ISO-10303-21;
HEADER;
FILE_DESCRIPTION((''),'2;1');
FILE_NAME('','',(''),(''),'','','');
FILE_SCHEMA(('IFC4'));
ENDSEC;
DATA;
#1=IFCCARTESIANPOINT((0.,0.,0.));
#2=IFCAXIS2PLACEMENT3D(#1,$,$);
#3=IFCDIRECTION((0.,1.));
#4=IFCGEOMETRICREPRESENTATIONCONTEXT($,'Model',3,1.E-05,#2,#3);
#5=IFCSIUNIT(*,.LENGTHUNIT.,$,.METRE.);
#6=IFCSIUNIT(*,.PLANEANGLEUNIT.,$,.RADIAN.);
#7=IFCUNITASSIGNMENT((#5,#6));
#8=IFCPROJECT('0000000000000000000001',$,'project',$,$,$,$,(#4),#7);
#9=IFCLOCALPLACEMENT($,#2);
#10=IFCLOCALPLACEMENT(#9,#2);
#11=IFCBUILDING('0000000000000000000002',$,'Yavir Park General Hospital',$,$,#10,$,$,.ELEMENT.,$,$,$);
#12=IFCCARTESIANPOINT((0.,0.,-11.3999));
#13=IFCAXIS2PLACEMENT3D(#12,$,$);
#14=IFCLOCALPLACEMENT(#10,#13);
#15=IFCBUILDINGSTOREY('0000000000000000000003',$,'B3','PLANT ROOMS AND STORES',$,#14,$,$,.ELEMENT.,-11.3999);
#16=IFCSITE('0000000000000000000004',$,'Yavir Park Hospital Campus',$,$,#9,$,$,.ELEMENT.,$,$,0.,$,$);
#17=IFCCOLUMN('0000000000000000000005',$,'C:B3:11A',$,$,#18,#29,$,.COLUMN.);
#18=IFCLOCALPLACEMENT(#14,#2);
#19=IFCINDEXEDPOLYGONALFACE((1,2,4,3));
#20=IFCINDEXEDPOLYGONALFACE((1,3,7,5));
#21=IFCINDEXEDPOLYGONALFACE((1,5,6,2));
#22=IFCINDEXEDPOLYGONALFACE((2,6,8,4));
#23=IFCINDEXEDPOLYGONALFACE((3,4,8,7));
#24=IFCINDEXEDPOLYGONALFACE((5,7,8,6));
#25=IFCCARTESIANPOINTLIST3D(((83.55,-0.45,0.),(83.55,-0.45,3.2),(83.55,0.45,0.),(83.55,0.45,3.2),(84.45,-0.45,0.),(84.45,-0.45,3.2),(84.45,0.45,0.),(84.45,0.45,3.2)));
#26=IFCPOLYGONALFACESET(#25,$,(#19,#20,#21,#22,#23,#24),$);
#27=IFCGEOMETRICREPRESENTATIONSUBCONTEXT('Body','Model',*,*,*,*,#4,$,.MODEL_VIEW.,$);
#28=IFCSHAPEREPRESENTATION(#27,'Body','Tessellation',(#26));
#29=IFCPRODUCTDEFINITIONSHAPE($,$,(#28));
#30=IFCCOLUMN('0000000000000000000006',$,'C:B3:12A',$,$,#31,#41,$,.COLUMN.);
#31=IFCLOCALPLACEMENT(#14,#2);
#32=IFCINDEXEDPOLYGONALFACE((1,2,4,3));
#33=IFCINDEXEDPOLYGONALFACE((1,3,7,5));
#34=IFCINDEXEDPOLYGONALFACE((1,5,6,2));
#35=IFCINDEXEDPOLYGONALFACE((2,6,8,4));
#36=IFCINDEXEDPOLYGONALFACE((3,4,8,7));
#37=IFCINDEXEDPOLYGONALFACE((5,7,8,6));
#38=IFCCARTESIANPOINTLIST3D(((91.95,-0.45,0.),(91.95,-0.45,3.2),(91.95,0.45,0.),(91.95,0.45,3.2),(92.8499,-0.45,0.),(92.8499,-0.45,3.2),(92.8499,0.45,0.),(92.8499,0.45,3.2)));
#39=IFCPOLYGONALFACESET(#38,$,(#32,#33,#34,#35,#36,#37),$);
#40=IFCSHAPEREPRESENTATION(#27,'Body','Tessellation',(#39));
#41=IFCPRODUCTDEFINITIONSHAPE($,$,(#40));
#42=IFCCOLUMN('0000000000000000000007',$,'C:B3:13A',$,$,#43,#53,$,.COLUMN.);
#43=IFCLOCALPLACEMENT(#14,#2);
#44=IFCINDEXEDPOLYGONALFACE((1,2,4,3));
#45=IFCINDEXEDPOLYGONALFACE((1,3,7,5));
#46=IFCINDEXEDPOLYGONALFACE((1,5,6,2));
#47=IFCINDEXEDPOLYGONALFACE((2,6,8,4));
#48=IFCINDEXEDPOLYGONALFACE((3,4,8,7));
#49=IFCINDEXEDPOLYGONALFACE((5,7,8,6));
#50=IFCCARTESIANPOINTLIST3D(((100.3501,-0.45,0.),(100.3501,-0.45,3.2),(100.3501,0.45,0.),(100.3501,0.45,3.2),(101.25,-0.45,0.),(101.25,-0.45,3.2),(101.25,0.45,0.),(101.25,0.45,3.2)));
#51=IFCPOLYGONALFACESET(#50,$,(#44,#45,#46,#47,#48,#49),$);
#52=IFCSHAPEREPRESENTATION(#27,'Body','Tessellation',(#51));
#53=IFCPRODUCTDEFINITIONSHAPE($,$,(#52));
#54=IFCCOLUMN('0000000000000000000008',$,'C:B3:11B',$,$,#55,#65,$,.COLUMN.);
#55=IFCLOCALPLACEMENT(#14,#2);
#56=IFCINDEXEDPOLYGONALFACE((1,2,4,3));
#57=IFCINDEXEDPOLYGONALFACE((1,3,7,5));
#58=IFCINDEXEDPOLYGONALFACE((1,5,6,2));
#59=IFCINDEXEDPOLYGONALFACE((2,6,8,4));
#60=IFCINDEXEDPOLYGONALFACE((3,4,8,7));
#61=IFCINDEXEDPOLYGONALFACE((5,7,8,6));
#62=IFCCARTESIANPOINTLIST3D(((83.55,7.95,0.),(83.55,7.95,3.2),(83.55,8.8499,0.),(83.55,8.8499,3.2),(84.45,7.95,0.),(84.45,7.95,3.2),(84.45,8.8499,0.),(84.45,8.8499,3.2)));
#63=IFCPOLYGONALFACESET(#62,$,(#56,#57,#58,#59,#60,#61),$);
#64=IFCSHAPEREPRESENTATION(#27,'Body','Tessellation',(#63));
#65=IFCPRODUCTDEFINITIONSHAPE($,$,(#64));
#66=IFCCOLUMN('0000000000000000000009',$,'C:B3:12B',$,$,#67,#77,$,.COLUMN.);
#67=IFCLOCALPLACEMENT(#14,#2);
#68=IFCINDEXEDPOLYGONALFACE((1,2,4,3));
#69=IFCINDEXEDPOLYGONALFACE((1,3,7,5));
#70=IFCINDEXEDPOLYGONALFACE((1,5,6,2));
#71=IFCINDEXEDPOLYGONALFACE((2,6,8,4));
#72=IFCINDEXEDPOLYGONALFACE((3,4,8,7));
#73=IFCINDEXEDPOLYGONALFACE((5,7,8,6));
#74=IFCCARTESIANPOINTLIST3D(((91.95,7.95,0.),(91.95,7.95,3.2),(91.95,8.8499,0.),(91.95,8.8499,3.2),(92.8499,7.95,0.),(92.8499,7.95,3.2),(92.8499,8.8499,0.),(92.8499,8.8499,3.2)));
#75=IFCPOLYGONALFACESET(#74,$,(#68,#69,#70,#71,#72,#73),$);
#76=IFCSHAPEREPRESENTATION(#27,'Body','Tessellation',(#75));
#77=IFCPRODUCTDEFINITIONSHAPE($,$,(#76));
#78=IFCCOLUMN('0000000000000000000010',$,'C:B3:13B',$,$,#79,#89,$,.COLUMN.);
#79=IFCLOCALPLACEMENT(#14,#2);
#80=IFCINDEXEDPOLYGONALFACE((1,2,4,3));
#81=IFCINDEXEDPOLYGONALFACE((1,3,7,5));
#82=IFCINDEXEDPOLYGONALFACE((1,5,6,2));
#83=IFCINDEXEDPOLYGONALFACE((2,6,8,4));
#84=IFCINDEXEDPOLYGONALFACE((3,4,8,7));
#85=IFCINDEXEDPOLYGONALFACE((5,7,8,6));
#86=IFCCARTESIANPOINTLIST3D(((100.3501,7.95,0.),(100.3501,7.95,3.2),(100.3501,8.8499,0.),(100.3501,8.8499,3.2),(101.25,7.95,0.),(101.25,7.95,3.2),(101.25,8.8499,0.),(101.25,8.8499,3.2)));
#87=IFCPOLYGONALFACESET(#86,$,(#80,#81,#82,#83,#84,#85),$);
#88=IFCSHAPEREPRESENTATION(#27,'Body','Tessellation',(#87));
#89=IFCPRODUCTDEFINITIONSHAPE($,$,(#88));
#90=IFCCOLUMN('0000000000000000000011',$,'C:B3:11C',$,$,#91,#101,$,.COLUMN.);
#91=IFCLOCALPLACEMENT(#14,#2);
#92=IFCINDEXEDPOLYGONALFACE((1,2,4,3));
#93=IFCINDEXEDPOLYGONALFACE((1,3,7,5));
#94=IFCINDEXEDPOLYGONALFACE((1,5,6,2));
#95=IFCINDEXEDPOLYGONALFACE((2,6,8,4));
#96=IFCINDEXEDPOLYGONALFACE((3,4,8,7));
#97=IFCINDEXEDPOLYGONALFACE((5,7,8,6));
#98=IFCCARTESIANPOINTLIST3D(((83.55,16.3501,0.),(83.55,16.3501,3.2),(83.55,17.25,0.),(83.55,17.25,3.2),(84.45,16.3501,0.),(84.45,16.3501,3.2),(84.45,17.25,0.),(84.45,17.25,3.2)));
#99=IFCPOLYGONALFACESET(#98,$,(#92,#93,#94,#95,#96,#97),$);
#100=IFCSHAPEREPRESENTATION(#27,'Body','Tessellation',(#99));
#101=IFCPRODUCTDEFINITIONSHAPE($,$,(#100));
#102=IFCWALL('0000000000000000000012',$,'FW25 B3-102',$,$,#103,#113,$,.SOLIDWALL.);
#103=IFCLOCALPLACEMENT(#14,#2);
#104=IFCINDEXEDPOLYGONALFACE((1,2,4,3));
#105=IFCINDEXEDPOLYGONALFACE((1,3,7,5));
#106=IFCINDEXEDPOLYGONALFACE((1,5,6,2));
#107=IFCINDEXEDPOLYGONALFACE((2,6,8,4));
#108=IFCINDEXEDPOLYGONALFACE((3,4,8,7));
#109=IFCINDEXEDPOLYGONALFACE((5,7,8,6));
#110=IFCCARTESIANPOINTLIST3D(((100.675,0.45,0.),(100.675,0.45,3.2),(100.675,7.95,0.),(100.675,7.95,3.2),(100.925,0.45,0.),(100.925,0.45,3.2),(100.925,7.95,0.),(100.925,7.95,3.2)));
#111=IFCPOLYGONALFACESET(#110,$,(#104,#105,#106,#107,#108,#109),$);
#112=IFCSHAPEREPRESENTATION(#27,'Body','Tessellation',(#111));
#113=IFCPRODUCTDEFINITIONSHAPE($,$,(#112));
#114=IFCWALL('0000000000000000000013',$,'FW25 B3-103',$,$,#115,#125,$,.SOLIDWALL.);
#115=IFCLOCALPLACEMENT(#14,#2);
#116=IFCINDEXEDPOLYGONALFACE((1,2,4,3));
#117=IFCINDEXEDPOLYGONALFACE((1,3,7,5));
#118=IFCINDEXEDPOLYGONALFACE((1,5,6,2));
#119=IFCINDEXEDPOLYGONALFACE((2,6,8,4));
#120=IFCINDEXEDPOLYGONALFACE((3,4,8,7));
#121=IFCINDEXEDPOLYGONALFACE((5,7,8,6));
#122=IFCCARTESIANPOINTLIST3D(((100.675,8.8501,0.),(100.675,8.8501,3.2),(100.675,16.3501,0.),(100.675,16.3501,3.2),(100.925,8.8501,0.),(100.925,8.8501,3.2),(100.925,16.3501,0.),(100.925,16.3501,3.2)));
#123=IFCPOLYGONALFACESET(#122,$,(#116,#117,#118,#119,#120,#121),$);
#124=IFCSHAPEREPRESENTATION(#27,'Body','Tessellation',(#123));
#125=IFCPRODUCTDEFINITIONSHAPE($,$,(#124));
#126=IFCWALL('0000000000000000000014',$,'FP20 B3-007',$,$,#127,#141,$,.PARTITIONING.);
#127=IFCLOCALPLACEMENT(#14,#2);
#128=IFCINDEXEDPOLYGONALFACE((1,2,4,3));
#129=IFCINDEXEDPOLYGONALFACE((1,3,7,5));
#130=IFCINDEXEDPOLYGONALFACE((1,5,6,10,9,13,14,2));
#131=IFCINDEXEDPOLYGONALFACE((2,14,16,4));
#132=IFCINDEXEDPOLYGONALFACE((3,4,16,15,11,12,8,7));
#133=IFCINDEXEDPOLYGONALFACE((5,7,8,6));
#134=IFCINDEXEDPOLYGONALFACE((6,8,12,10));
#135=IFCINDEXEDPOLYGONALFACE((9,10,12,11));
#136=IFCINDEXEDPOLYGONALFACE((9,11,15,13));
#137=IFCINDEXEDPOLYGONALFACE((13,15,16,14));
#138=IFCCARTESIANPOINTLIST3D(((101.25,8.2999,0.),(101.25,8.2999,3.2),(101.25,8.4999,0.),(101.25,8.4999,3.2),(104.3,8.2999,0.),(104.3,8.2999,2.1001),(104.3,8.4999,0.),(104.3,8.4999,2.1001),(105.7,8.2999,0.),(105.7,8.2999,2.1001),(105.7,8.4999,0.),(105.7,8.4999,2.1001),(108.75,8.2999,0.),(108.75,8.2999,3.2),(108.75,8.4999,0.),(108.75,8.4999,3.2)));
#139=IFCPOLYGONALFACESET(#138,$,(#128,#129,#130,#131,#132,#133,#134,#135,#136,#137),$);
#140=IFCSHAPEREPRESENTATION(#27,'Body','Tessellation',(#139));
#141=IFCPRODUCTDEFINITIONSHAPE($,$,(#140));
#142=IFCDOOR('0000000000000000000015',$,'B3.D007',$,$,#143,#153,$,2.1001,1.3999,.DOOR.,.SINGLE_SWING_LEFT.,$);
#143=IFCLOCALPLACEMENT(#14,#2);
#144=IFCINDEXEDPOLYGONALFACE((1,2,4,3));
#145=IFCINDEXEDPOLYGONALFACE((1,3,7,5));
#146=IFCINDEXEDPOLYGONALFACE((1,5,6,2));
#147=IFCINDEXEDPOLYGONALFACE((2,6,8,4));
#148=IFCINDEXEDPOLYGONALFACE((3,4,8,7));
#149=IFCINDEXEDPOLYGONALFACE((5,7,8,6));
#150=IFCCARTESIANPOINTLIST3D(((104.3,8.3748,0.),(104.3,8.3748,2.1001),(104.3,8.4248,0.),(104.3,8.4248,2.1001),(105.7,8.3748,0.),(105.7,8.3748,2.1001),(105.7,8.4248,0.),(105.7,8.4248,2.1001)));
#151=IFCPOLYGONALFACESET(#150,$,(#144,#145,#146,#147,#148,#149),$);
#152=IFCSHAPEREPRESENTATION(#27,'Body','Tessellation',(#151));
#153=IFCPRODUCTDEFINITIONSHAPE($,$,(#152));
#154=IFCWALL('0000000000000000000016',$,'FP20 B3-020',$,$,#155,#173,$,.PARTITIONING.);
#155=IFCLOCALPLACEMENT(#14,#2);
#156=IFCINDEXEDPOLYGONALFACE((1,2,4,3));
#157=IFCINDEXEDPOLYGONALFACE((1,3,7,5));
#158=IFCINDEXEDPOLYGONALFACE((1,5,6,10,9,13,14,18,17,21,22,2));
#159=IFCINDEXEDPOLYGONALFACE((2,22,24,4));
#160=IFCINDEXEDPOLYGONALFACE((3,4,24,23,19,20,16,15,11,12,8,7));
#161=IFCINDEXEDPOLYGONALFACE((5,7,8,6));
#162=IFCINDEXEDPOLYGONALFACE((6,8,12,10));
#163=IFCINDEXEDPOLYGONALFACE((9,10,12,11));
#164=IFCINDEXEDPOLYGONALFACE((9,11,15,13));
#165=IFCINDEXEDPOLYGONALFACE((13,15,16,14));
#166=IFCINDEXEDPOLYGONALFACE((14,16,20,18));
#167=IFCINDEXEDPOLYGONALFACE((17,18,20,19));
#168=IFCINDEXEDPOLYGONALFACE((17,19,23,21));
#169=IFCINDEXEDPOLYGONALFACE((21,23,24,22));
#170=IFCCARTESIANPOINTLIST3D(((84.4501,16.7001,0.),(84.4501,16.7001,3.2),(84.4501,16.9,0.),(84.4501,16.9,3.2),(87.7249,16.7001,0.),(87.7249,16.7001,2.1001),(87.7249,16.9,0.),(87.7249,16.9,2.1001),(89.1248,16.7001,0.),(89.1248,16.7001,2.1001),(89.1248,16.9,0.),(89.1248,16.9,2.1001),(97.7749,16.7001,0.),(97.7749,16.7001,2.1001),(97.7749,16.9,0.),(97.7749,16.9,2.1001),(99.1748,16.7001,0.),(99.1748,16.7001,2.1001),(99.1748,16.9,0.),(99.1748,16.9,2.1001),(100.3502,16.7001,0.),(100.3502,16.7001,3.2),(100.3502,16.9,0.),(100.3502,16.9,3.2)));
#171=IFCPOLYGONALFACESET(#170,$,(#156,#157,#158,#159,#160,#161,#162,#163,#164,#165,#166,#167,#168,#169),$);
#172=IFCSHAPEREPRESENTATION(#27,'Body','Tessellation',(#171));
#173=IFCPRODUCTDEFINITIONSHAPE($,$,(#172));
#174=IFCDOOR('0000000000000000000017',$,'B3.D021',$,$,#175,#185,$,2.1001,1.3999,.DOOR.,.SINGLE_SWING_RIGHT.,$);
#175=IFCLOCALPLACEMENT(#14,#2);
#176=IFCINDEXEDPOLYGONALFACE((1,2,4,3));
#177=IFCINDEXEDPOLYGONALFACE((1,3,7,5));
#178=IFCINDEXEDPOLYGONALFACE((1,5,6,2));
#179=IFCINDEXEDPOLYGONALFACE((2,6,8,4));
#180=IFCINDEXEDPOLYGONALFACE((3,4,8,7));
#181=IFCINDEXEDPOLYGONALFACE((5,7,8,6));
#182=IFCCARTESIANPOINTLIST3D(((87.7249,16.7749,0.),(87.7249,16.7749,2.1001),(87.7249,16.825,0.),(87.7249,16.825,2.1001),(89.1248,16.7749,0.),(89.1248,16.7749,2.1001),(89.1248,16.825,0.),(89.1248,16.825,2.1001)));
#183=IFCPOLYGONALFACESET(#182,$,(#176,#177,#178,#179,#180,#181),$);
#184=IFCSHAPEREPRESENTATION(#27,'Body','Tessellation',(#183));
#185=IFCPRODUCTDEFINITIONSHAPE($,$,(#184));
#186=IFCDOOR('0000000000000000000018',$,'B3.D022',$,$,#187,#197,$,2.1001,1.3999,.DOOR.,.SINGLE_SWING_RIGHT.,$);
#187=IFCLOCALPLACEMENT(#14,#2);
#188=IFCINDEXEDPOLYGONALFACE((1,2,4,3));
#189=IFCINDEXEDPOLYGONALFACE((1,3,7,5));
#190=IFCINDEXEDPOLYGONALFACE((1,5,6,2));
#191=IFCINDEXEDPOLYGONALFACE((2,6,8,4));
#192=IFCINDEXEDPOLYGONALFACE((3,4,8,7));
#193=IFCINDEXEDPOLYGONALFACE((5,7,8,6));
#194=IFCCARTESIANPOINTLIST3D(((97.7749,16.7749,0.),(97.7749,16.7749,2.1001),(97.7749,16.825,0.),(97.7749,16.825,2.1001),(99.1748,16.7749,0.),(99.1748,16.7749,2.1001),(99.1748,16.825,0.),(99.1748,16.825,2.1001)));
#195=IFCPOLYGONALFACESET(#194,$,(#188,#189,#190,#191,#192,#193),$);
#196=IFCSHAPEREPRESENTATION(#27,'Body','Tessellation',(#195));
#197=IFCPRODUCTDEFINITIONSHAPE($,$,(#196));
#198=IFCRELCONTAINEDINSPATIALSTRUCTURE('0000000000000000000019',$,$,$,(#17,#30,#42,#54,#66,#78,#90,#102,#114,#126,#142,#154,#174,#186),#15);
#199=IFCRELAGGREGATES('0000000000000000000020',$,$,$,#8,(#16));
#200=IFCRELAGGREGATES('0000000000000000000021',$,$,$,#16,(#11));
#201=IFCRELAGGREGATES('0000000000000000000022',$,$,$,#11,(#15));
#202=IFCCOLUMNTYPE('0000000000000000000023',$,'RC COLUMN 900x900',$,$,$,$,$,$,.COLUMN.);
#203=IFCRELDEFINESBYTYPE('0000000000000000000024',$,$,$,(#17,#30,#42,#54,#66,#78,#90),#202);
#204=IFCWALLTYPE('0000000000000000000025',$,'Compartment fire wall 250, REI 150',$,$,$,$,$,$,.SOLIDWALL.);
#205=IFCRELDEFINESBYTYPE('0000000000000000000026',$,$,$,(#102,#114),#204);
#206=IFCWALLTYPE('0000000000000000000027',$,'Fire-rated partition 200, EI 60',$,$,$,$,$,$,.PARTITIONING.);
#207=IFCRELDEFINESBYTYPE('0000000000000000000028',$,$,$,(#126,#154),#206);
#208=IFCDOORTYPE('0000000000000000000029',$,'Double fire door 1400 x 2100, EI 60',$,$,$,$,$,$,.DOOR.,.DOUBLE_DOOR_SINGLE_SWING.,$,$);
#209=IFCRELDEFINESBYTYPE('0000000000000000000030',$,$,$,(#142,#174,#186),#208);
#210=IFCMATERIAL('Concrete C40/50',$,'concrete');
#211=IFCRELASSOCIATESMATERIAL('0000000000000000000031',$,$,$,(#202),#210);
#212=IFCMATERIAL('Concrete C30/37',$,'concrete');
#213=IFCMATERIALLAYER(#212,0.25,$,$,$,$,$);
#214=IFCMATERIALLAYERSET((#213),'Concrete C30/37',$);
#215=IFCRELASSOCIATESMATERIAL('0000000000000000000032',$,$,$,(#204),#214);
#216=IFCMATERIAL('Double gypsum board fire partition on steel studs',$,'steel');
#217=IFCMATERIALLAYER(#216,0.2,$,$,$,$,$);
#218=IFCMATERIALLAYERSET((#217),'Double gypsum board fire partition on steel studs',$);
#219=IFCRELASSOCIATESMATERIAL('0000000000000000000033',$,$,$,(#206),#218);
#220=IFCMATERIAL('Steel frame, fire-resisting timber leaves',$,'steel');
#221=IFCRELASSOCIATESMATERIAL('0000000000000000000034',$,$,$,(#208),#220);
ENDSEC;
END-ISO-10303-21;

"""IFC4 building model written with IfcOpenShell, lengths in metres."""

from ifc_helpers import new_model, si_unit, direction, frame, frame_2d, origin, origin_2d, place, context, subcontext, project, spatial, rectangle, extrude, material, layer, layer_set, material_profile, profile_set, type_object, element, fill, save


model = new_model("IFC4")

# Units and contexts
model_context = context("Model", 3, precision=1e-05, world=origin(), true_north=direction((0.0, 1.0)))
body_context = subcontext(model_context, "Body", "Model", "MODEL_VIEW")
ifc_project = project(units=[si_unit("LENGTHUNIT", "METRE"), si_unit("PLANEANGLEUNIT", "RADIAN")], contexts=[model_context])

# Site, building, storey
site_placement = place(None, origin())
site = spatial("IfcSite", under=ifc_project, at=site_placement, Name="Yavir Park Hospital Campus", CompositionType="ELEMENT", RefElevation=0.0)
building_placement = place(site_placement, origin())
building = spatial("IfcBuilding", under=site, at=building_placement, Name="Yavir Park General Hospital", CompositionType="ELEMENT")
storey_placement = place(building_placement, frame((0.0, 0.0, -11.3999)))
storey = spatial("IfcBuildingStorey", under=building, at=storey_placement, Name="B3", Description="PLANT ROOMS AND STORES", CompositionType="ELEMENT", Elevation=-11.3999)

# Columns
ifc_material_1 = material(Name="Concrete C40/50", Category="concrete")
ifc_material_profile = material_profile(ifc_material_1, rectangle(XDim=0.8999, YDim=0.8999, at=origin_2d()), Name="RC900x900")
ifc_profile_set = profile_set([ifc_material_profile], Name="Concrete C40/50")
column_type = type_object("IfcColumnType", Name="RC COLUMN 900x900", PredefinedType="COLUMN", material=ifc_profile_set)
for number, where, z_axis, x_axis, name in (
    (1, (84.0, 0.0, 0.0), (0.0, 0.0, 1.0), (1.0, 0.0, 0.0), "C:B3:11A"),
    (2, (92.3999, 0.0, 0.0), (0.0, 0.0, 1.0), (1.0, 0.0, 0.0), "C:B3:12A"),
    (3, (100.8, 0.0, 0.0), (0.0, 0.0, 1.0), (1.0, 0.0, 0.0), "C:B3:13A"),
    (4, (84.0, 8.3999, 0.0), (0.0, 0.0, 1.0), (1.0, 0.0, 0.0), "C:B3:11B"),
    (5, (92.3999, 8.3999, 0.0), (0.0, 0.0, 1.0), (1.0, 0.0, 0.0), "C:B3:12B"),
    (6, (100.8, 8.3999, 0.0), (0.0, 0.0, 1.0), (1.0, 0.0, 0.0), "C:B3:13B"),
    (7, (84.0, 16.8, 0.0), (0.0, 0.0, 1.0), (1.0, 0.0, 0.0), "C:B3:11C"),
):
    element("IfcColumn", number, at=place(storey_placement, frame(where, z_axis=z_axis, x_axis=x_axis)), inside=storey, type_object=column_type, Name=name, PredefinedType="COLUMN", context=body_context, shape_type="SweptSolid", body=[
        extrude(rectangle(XDim=0.8999, YDim=0.8999, at=origin_2d()), origin(), (0.0, 0.0, 1.0), 3.2),
    ])

# Walls
ifc_material_2 = material(Name="Concrete C30/37", Category="concrete")
ifc_layer_1 = layer(ifc_material_2, 0.25)
ifc_layer_set_1 = layer_set([ifc_layer_1], Name="Concrete C30/37")
wall_type_1 = type_object("IfcWallType", Name="Compartment fire wall 250, REI 150", PredefinedType="SOLIDWALL", material=ifc_layer_set_1)
for number, where, z_axis, x_axis, name in (
    (8, (100.8, 0.45, 0.0), (0.0, 0.0, 1.0), (0.0, 1.0, 0.0), "FW25 B3-102"),
    (9, (100.8, 8.8501, 0.0), (0.0, 0.0, 1.0), (0.0, 1.0, 0.0), "FW25 B3-103"),
):
    element("IfcWall", number, at=place(storey_placement, frame(where, z_axis=z_axis, x_axis=x_axis)), inside=storey, type_object=wall_type_1, Name=name, PredefinedType="SOLIDWALL", context=body_context, shape_type="SweptSolid", body=[
        extrude(rectangle(XDim=7.5, YDim=0.25, at=frame_2d((3.75, 0.0))), origin(), (0.0, 0.0, 1.0), 3.2),
    ])

# Wall, opening, door
ifc_material_3 = material(Name="Double gypsum board fire partition on steel studs", Category="steel")
ifc_layer_2 = layer(ifc_material_3, 0.2)
ifc_layer_set_2 = layer_set([ifc_layer_2], Name="Double gypsum board fire partition on steel studs")
wall_type_2 = type_object("IfcWallType", Name="Fire-rated partition 200, EI 60", PredefinedType="PARTITIONING", material=ifc_layer_set_2)
wall_1_placement = place(storey_placement, frame((101.25, 8.3999, 0.0), z_axis=(0.0, 0.0, 1.0), x_axis=(1.0, 0.0, 0.0)))
wall_1 = element("IfcWall", 10, at=wall_1_placement, inside=storey, type_object=wall_type_2, Name="FP20 B3-007", PredefinedType="PARTITIONING", context=body_context, shape_type="SweptSolid", body=[
    extrude(rectangle(XDim=7.5, YDim=0.2, at=frame_2d((3.75, 0.0))), origin(), (0.0, 0.0, 1.0), 3.2),
])
opening_1_placement = place(wall_1_placement, frame((3.05, 0.0, 0.0)))
opening_1 = element("IfcOpeningElement", 11, at=opening_1_placement, cuts=wall_1, PredefinedType="OPENING", context=body_context, shape_type="SweptSolid", body=[
    extrude(rectangle(XDim=1.3999, YDim=2.1001, at=frame_2d((0.7, 1.05))), frame((0.0, 0.1099, 0.0), z_axis=(0.0, -1.0, 0.0), x_axis=(1.0, 0.0, 0.0)), (0.0, 0.0, 1.0), 0.22),
])
ifc_material_4 = material(Name="Steel frame, fire-resisting timber leaves", Category="steel")
door_type = type_object("IfcDoorType", Name="Double fire door 1400 x 2100, EI 60", OperationType="DOUBLE_DOOR_SINGLE_SWING", PredefinedType="DOOR", material=ifc_material_4)
door_1_placement = place(opening_1_placement, origin())
door_1 = element("IfcDoor", 12, at=door_1_placement, inside=storey, type_object=door_type, Name="B3.D007", OperationType="SINGLE_SWING_LEFT", OverallHeight=2.1001, OverallWidth=1.3999, PredefinedType="DOOR", context=body_context, shape_type="SweptSolid", body=[
    extrude(rectangle(XDim=1.3999, YDim=2.1001, at=frame_2d((0.7, 1.05))), frame((0.0, 0.0249, 0.0), z_axis=(0.0, -1.0, 0.0), x_axis=(1.0, 0.0, 0.0)), (0.0, 0.0, 1.0), 0.05),
])
fill(opening_1, door_1)

# Wall, openings, doors
wall_2_placement = place(storey_placement, frame((84.45, 16.8, 0.0), z_axis=(0.0, 0.0, 1.0), x_axis=(1.0, 0.0, 0.0)))
wall_2 = element("IfcWall", 13, at=wall_2_placement, inside=storey, type_object=wall_type_2, Name="FP20 B3-020", PredefinedType="PARTITIONING", context=body_context, shape_type="SweptSolid", body=[
    extrude(rectangle(XDim=15.9001, YDim=0.2, at=frame_2d((7.9502, 0.0))), origin(), (0.0, 0.0, 1.0), 3.2),
])
opening_2_placement = place(wall_2_placement, frame((3.2749, 0.0, 0.0)))
opening_2 = element("IfcOpeningElement", 14, at=opening_2_placement, cuts=wall_2, PredefinedType="OPENING", context=body_context, shape_type="SweptSolid", body=[
    extrude(rectangle(XDim=1.3999, YDim=2.1001, at=frame_2d((0.7, 1.05))), frame((0.0, 0.1099, 0.0), z_axis=(0.0, -1.0, 0.0), x_axis=(1.0, 0.0, 0.0)), (0.0, 0.0, 1.0), 0.22),
])
opening_3_placement = place(wall_2_placement, frame((13.325, 0.0, 0.0)))
opening_3 = element("IfcOpeningElement", 15, at=opening_3_placement, cuts=wall_2, PredefinedType="OPENING", context=body_context, shape_type="SweptSolid", body=[
    extrude(rectangle(XDim=1.3999, YDim=2.1001, at=frame_2d((0.7, 1.05))), frame((0.0, 0.1099, 0.0), z_axis=(0.0, -1.0, 0.0), x_axis=(1.0, 0.0, 0.0)), (0.0, 0.0, 1.0), 0.22),
])
door_2_placement = place(opening_2_placement, origin())
door_2 = element("IfcDoor", 16, at=door_2_placement, inside=storey, type_object=door_type, Name="B3.D021", OperationType="SINGLE_SWING_RIGHT", OverallHeight=2.1001, OverallWidth=1.3999, PredefinedType="DOOR", context=body_context, shape_type="SweptSolid", body=[
    extrude(rectangle(XDim=1.3999, YDim=2.1001, at=frame_2d((0.7, 1.05))), frame((0.0, 0.0249, 0.0), z_axis=(0.0, -1.0, 0.0), x_axis=(1.0, 0.0, 0.0)), (0.0, 0.0, 1.0), 0.05),
])
fill(opening_2, door_2)
door_3_placement = place(opening_3_placement, origin())
door_3 = element("IfcDoor", 17, at=door_3_placement, inside=storey, type_object=door_type, Name="B3.D022", OperationType="SINGLE_SWING_RIGHT", OverallHeight=2.1001, OverallWidth=1.3999, PredefinedType="DOOR", context=body_context, shape_type="SweptSolid", body=[
    extrude(rectangle(XDim=1.3999, YDim=2.1001, at=frame_2d((0.7, 1.05))), frame((0.0, 0.0249, 0.0), z_axis=(0.0, -1.0, 0.0), x_axis=(1.0, 0.0, 0.0)), (0.0, 0.0, 1.0), 0.05),
])
fill(opening_3, door_3)

save(model, "model.ifc")
